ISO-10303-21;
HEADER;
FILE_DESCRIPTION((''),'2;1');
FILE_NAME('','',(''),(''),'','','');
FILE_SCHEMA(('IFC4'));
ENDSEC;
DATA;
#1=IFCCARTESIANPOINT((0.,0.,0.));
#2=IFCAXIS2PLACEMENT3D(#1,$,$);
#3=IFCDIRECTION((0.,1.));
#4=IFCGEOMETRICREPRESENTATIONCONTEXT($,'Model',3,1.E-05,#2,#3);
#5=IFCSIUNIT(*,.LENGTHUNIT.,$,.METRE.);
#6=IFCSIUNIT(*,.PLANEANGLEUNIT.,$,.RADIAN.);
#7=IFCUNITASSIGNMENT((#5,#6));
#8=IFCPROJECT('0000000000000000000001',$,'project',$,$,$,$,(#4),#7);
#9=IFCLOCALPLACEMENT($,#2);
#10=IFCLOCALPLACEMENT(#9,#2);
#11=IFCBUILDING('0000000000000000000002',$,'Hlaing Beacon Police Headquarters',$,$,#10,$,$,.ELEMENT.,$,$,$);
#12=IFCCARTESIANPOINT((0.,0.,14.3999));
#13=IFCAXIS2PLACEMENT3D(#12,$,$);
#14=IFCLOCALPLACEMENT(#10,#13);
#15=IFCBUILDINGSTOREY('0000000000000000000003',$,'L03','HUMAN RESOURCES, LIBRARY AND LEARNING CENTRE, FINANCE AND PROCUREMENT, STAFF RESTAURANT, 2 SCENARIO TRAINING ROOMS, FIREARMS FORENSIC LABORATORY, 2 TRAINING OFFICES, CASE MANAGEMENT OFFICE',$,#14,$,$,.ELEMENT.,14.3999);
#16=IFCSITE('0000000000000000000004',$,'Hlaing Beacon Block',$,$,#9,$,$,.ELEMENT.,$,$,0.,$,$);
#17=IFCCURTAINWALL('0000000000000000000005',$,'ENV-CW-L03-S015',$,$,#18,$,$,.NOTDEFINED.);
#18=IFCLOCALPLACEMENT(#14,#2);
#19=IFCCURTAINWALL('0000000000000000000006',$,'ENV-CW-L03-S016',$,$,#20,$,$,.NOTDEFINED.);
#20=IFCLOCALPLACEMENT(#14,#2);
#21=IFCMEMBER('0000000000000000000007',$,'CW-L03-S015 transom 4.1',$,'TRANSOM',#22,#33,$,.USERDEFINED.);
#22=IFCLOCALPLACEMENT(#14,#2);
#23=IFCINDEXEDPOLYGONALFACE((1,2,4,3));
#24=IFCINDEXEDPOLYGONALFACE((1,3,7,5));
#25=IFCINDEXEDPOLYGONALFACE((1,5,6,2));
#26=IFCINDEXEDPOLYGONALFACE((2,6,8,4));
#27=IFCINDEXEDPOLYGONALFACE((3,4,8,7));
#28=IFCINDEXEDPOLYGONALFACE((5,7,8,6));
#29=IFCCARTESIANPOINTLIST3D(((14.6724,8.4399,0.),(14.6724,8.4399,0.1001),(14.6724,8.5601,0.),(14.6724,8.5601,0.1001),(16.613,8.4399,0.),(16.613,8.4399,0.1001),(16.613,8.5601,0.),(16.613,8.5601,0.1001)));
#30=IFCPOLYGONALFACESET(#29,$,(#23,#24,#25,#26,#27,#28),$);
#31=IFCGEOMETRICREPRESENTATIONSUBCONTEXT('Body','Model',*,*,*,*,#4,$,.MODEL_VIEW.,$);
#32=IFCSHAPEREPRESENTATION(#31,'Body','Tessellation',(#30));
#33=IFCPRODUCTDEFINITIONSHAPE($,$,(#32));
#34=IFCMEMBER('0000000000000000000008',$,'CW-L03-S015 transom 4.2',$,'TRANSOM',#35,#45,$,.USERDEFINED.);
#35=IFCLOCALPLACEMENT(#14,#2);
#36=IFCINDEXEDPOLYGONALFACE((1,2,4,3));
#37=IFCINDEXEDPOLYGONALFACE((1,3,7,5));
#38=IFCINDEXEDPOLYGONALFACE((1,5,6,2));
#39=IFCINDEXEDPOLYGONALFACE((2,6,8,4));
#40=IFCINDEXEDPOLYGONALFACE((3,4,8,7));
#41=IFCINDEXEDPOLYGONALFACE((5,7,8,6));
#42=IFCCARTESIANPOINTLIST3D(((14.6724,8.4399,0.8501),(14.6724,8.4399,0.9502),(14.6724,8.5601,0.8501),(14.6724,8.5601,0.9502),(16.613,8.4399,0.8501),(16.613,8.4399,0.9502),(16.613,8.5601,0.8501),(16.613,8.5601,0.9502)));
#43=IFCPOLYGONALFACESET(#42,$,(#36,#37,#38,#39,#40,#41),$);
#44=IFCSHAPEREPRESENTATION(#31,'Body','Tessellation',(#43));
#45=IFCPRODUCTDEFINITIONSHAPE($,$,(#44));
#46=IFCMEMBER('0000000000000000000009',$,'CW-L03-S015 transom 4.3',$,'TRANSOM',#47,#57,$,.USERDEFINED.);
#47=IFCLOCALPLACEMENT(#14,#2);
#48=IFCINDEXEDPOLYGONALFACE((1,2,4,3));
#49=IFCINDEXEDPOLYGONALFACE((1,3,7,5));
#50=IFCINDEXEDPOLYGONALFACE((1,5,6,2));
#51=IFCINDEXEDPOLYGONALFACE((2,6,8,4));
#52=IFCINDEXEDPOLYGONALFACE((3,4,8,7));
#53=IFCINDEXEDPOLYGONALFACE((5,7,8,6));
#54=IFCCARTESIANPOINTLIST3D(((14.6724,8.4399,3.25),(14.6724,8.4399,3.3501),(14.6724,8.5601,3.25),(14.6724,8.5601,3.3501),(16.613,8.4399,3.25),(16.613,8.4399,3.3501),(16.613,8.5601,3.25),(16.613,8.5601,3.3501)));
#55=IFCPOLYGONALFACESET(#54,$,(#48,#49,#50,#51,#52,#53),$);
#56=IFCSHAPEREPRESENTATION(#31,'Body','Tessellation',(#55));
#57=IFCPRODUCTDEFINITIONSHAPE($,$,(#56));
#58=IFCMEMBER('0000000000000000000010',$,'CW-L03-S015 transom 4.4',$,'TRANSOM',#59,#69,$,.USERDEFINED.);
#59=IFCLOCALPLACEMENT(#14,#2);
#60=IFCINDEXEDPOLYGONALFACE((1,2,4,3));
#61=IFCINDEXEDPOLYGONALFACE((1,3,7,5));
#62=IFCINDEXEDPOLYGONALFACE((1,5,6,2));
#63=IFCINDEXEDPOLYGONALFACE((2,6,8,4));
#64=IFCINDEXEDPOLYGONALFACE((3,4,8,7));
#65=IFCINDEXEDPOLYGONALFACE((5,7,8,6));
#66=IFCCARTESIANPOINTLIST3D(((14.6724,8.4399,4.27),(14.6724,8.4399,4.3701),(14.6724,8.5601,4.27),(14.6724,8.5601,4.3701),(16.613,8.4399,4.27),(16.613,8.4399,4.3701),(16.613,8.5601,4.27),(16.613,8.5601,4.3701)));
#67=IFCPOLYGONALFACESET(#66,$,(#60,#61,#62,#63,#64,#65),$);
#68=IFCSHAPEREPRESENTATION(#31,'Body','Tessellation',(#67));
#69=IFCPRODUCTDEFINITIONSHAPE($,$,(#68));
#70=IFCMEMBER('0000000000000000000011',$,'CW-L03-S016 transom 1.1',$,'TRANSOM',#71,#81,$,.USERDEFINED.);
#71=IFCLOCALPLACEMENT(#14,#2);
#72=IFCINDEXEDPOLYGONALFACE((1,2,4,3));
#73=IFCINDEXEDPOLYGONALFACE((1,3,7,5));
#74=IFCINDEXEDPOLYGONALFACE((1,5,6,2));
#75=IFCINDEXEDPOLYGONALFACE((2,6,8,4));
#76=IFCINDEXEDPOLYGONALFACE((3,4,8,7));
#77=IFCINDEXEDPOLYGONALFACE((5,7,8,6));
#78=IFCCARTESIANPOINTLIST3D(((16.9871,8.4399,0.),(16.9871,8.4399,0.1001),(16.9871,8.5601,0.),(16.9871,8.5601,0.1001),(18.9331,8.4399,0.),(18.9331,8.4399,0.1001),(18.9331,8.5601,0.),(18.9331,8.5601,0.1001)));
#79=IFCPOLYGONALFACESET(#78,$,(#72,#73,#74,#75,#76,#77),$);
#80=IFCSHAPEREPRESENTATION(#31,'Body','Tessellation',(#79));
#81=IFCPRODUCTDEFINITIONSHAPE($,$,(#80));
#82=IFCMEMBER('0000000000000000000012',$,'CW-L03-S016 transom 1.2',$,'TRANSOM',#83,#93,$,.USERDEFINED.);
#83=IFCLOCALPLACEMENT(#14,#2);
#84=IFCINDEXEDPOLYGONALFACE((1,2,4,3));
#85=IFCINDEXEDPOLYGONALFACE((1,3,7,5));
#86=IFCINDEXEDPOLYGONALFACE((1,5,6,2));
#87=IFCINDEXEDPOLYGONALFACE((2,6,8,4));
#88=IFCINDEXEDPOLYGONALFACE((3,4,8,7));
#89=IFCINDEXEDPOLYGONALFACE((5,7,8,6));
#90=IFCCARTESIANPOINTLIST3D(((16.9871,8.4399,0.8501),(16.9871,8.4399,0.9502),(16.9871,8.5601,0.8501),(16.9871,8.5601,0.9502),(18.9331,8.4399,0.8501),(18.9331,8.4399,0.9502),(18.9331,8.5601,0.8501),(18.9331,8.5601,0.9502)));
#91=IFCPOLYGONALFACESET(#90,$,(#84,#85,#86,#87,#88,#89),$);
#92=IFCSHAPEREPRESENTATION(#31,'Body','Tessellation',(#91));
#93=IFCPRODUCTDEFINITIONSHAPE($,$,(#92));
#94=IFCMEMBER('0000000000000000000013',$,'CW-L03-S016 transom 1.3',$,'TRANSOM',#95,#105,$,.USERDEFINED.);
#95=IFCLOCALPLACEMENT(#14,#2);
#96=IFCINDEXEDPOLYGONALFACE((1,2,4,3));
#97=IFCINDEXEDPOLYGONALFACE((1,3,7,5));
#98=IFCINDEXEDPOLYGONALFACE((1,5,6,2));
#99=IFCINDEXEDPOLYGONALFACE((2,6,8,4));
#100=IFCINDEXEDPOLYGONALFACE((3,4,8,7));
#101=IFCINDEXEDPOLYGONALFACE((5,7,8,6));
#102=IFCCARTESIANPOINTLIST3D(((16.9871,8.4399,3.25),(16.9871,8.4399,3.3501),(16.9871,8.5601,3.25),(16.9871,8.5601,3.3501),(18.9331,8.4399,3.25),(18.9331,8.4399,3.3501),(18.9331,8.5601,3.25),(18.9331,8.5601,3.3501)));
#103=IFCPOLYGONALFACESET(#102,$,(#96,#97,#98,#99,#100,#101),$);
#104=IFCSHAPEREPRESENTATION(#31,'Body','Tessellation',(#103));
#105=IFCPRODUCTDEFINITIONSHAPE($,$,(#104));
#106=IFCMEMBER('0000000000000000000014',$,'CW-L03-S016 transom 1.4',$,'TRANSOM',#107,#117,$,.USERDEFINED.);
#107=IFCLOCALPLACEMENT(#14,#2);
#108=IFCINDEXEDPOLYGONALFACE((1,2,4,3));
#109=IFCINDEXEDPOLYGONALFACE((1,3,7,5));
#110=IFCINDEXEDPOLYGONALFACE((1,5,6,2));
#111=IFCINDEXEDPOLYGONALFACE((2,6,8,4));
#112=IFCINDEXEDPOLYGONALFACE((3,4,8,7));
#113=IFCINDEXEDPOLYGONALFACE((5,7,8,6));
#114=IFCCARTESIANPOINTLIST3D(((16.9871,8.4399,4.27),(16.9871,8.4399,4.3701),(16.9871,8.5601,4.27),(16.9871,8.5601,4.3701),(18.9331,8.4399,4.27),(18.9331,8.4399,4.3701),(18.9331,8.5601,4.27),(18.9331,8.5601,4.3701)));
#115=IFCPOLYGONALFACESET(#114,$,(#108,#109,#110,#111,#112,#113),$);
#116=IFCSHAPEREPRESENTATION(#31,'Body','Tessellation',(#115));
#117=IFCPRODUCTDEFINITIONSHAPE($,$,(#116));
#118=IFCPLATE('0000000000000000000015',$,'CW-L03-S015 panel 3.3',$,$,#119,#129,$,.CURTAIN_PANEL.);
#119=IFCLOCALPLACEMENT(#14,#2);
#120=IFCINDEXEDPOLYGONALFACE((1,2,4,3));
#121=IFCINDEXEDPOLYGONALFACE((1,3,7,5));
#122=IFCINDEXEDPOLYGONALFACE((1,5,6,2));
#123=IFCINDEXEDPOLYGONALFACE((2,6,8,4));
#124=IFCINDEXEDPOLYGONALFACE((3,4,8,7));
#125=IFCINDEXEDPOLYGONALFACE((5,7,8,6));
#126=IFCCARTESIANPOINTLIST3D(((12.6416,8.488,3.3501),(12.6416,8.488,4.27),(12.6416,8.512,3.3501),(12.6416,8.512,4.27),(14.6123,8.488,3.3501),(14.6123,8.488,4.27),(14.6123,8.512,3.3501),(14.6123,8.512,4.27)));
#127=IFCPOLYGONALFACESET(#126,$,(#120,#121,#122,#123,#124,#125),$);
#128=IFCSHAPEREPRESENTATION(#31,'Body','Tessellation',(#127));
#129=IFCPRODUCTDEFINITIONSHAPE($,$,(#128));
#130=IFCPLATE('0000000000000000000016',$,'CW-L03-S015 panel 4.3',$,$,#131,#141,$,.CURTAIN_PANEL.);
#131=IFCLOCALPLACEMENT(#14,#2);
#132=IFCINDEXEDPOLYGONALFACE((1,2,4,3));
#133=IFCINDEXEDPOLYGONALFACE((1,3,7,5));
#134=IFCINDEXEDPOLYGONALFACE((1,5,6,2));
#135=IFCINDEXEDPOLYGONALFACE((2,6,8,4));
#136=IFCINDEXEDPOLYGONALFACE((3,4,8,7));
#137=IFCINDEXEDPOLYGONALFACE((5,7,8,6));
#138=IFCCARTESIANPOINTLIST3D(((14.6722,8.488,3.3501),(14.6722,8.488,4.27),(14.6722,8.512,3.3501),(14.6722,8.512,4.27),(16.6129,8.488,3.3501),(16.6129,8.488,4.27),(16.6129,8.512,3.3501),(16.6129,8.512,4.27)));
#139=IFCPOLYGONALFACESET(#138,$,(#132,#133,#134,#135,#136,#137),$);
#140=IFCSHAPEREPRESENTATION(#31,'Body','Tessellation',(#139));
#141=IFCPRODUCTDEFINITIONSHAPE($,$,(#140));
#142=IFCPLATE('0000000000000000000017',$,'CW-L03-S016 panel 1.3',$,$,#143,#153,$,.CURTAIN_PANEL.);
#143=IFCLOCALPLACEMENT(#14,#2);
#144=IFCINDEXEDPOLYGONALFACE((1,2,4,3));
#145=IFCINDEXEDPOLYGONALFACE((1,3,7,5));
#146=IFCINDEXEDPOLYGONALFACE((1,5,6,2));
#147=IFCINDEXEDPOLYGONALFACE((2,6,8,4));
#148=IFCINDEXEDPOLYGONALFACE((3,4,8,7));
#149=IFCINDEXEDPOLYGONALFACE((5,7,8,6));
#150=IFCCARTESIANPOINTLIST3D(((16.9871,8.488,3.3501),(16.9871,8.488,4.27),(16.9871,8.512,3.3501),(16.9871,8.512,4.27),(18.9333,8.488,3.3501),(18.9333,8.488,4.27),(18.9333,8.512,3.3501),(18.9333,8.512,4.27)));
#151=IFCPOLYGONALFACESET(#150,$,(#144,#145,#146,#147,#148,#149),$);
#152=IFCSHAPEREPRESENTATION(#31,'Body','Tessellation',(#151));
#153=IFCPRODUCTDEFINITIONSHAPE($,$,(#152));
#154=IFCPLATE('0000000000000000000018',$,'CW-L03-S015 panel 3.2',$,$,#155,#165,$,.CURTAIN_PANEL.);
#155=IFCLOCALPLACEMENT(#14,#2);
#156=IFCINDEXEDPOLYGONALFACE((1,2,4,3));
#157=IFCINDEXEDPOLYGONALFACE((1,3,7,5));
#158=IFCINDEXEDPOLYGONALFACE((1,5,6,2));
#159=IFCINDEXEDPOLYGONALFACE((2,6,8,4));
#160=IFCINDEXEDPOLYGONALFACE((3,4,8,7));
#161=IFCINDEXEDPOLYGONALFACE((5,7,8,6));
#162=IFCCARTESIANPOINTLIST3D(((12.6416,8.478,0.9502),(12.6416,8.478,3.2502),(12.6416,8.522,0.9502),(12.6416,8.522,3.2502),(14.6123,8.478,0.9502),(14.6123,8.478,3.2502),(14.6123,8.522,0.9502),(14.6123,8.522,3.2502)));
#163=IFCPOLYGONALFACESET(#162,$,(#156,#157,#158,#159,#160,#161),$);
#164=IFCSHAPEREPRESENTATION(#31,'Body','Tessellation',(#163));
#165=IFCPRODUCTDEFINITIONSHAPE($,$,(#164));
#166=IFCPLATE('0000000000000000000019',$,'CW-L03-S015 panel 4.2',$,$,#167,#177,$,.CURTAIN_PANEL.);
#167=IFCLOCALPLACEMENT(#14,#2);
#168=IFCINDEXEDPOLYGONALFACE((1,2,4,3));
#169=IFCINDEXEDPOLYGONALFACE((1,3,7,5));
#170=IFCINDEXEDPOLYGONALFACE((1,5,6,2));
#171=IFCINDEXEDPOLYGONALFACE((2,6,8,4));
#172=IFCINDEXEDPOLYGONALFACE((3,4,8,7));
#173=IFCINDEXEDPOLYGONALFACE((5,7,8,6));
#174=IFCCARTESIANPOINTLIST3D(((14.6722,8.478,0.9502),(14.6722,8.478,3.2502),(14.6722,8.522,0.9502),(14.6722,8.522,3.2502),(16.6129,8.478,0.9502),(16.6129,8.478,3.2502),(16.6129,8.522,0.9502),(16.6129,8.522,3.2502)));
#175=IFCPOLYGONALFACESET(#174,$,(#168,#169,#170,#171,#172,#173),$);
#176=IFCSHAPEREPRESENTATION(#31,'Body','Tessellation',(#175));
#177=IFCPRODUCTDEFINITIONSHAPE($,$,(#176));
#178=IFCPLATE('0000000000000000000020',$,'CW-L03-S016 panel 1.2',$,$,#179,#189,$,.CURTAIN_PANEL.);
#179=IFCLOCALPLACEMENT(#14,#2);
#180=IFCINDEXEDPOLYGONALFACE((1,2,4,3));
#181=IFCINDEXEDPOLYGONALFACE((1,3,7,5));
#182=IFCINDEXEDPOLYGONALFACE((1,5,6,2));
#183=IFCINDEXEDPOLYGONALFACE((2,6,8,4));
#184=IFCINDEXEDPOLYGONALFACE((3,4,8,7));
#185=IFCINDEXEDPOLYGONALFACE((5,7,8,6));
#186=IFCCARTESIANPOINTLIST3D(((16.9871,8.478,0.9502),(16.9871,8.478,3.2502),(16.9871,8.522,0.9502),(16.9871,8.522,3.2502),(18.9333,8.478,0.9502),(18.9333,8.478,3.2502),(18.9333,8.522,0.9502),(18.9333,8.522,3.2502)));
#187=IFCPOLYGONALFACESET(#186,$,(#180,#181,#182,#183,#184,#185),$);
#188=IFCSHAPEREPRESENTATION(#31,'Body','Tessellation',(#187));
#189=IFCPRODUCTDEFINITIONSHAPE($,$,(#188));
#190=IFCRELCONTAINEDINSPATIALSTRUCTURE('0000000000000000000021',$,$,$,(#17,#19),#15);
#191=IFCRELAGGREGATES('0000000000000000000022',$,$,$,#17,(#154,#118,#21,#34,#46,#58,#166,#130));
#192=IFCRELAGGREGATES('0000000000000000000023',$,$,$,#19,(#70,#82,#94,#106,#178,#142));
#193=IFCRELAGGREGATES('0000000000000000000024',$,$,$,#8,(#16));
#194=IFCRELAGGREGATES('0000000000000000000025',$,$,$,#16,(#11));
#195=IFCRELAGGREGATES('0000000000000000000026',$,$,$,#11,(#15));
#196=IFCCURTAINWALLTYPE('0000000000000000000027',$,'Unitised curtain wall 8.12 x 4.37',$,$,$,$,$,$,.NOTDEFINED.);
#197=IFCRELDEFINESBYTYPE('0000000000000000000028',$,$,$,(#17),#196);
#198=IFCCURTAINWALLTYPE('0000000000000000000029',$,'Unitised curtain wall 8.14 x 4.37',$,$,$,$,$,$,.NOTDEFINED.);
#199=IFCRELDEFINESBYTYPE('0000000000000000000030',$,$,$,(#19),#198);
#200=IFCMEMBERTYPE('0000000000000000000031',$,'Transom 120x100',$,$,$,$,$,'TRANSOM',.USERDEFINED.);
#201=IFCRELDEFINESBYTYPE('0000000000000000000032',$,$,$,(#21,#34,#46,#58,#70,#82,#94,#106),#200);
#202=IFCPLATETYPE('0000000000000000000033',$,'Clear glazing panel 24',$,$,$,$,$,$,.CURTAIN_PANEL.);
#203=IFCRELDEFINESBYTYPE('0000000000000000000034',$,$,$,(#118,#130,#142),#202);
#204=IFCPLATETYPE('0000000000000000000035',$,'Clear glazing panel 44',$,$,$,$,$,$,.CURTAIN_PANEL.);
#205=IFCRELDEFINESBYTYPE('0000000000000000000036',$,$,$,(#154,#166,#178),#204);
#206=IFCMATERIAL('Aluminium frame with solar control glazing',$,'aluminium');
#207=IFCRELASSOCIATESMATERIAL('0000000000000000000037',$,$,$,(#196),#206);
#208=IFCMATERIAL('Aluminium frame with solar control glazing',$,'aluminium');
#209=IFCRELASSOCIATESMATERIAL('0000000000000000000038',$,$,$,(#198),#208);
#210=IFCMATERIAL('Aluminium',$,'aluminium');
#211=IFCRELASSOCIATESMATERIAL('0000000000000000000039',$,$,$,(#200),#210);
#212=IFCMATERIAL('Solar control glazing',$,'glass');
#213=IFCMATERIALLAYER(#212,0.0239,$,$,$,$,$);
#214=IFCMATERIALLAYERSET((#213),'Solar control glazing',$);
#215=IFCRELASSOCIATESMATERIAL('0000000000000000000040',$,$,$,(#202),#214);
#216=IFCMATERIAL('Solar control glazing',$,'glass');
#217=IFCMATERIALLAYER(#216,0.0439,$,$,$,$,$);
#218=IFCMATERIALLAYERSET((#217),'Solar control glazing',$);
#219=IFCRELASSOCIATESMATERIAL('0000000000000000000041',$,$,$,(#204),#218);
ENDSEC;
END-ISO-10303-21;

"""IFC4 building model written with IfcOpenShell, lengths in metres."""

from ifc_helpers import new_model, si_unit, direction, frame, origin, origin_2d, place, context, subcontext, project, spatial, rectangle, extrude, material, layer, layer_set, material_profile, profile_set, type_object, element, aggregate, save


model = new_model("IFC4")

# Units and contexts
model_context = context("Model", 3, precision=1e-05, world=origin(), true_north=direction((0.0, 1.0)))
body_context = subcontext(model_context, "Body", "Model", "MODEL_VIEW")
ifc_project = project(units=[si_unit("LENGTHUNIT", "METRE"), si_unit("PLANEANGLEUNIT", "RADIAN")], contexts=[model_context])

# Site, building, storey
site_placement = place(None, origin())
site = spatial("IfcSite", under=ifc_project, at=site_placement, Name="Hlaing Beacon Block", CompositionType="ELEMENT", RefElevation=0.0)
building_placement = place(site_placement, origin())
building = spatial("IfcBuilding", under=site, at=building_placement, Name="Hlaing Beacon Police Headquarters", CompositionType="ELEMENT")
storey_placement = place(building_placement, frame((0.0, 0.0, 14.3999)))
storey = spatial("IfcBuildingStorey", under=building, at=storey_placement, Name="L03", Description="HUMAN RESOURCES, LIBRARY AND LEARNING CENTRE, FINANCE AND PROCUREMENT, STAFF RESTAURANT, 2 SCENARIO TRAINING ROOMS, FIREARMS FORENSIC LABORATORY, 2 TRAINING OFFICES, CASE MANAGEMENT OFFICE", CompositionType="ELEMENT", Elevation=14.3999)

# Curtain walls
ifc_material_1 = material(Name="Aluminium frame with solar control glazing", Category="aluminium")
curtain_wall_type_1 = type_object("IfcCurtainWallType", Name="Unitised curtain wall 8.12 x 4.37", PredefinedType="NOTDEFINED", material=ifc_material_1)
curtain_wall_1_placement = place(storey_placement, origin())
curtain_wall_1 = element("IfcCurtainWall", 1, at=curtain_wall_1_placement, inside=storey, type_object=curtain_wall_type_1, Name="ENV-CW-L03-S015", PredefinedType="NOTDEFINED")
ifc_material_2 = material(Name="Aluminium frame with solar control glazing", Category="aluminium")
curtain_wall_type_2 = type_object("IfcCurtainWallType", Name="Unitised curtain wall 8.14 x 4.37", PredefinedType="NOTDEFINED", material=ifc_material_2)
curtain_wall_2_placement = place(storey_placement, origin())
curtain_wall_2 = element("IfcCurtainWall", 2, at=curtain_wall_2_placement, inside=storey, type_object=curtain_wall_type_2, Name="ENV-CW-L03-S016", PredefinedType="NOTDEFINED")

# Members
ifc_material_3 = material(Name="Aluminium", Category="aluminium")
ifc_material_profile_1 = material_profile(ifc_material_3, rectangle(XDim=0.1201, YDim=0.1001, at=origin_2d()), Name="Transom 120x100")
ifc_profile_set_1 = profile_set([ifc_material_profile_1], Name="Aluminium")
member_type_1 = type_object("IfcMemberType", Name="Transom 120x100", ElementType="TRANSOM", PredefinedType="USERDEFINED", material=ifc_profile_set_1)
member_1_placement = place(storey_placement, frame((14.6724, 8.5, 0.05), z_axis=(1.0, 0.0, 0.0), x_axis=(0.0, 1.0, 0.0)))
member_1 = element("IfcMember", 3, at=member_1_placement, type_object=member_type_1, Name="CW-L03-S015 transom 4.1", ObjectType="TRANSOM", PredefinedType="USERDEFINED", context=body_context, shape_type="SweptSolid", body=[
    extrude(rectangle(XDim=0.1201, YDim=0.1001, at=origin_2d()), origin(), (0.0, 0.0, 1.0), 1.9407),
])
member_2_placement = place(storey_placement, frame((14.6724, 8.5, 0.9001), z_axis=(1.0, 0.0, 0.0), x_axis=(0.0, 1.0, 0.0)))
member_2 = element("IfcMember", 4, at=member_2_placement, type_object=member_type_1, Name="CW-L03-S015 transom 4.2", ObjectType="TRANSOM", PredefinedType="USERDEFINED", context=body_context, shape_type="SweptSolid", body=[
    extrude(rectangle(XDim=0.1201, YDim=0.1001, at=origin_2d()), origin(), (0.0, 0.0, 1.0), 1.9407),
])
member_3_placement = place(storey_placement, frame((14.6724, 8.5, 3.3), z_axis=(1.0, 0.0, 0.0), x_axis=(0.0, 1.0, 0.0)))
member_3 = element("IfcMember", 5, at=member_3_placement, type_object=member_type_1, Name="CW-L03-S015 transom 4.3", ObjectType="TRANSOM", PredefinedType="USERDEFINED", context=body_context, shape_type="SweptSolid", body=[
    extrude(rectangle(XDim=0.1201, YDim=0.1001, at=origin_2d()), origin(), (0.0, 0.0, 1.0), 1.9407),
])
member_4_placement = place(storey_placement, frame((14.6724, 8.5, 4.3201), z_axis=(1.0, 0.0, 0.0), x_axis=(0.0, 1.0, 0.0)))
member_4 = element("IfcMember", 6, at=member_4_placement, type_object=member_type_1, Name="CW-L03-S015 transom 4.4", ObjectType="TRANSOM", PredefinedType="USERDEFINED", context=body_context, shape_type="SweptSolid", body=[
    extrude(rectangle(XDim=0.1201, YDim=0.1001, at=origin_2d()), origin(), (0.0, 0.0, 1.0), 1.9407),
])
member_5_placement = place(storey_placement, frame((16.9871, 8.5, 0.05), z_axis=(1.0, 0.0, 0.0), x_axis=(0.0, 1.0, 0.0)))
member_5 = element("IfcMember", 7, at=member_5_placement, type_object=member_type_1, Name="CW-L03-S016 transom 1.1", ObjectType="TRANSOM", PredefinedType="USERDEFINED", context=body_context, shape_type="SweptSolid", body=[
    extrude(rectangle(XDim=0.1201, YDim=0.1001, at=origin_2d()), origin(), (0.0, 0.0, 1.0), 1.946),
])
member_6_placement = place(storey_placement, frame((16.9871, 8.5, 0.9001), z_axis=(1.0, 0.0, 0.0), x_axis=(0.0, 1.0, 0.0)))
member_6 = element("IfcMember", 8, at=member_6_placement, type_object=member_type_1, Name="CW-L03-S016 transom 1.2", ObjectType="TRANSOM", PredefinedType="USERDEFINED", context=body_context, shape_type="SweptSolid", body=[
    extrude(rectangle(XDim=0.1201, YDim=0.1001, at=origin_2d()), origin(), (0.0, 0.0, 1.0), 1.946),
])
member_7_placement = place(storey_placement, frame((16.9871, 8.5, 3.3), z_axis=(1.0, 0.0, 0.0), x_axis=(0.0, 1.0, 0.0)))
member_7 = element("IfcMember", 9, at=member_7_placement, type_object=member_type_1, Name="CW-L03-S016 transom 1.3", ObjectType="TRANSOM", PredefinedType="USERDEFINED", context=body_context, shape_type="SweptSolid", body=[
    extrude(rectangle(XDim=0.1201, YDim=0.1001, at=origin_2d()), origin(), (0.0, 0.0, 1.0), 1.946),
])
member_8_placement = place(storey_placement, frame((16.9871, 8.5, 4.3201), z_axis=(1.0, 0.0, 0.0), x_axis=(0.0, 1.0, 0.0)))
member_8 = element("IfcMember", 10, at=member_8_placement, type_object=member_type_1, Name="CW-L03-S016 transom 1.4", ObjectType="TRANSOM", PredefinedType="USERDEFINED", context=body_context, shape_type="SweptSolid", body=[
    extrude(rectangle(XDim=0.1201, YDim=0.1001, at=origin_2d()), origin(), (0.0, 0.0, 1.0), 1.946),
])

# Plates
ifc_material_4 = material(Name="Solar control glazing", Category="glass")
ifc_layer_1 = layer(ifc_material_4, 0.0239)
ifc_layer_set_1 = layer_set([ifc_layer_1], Name="Solar control glazing")
plate_type_1 = type_object("IfcPlateType", Name="Clear glazing panel 24", PredefinedType="CURTAIN_PANEL", material=ifc_layer_set_1)
plate_1_placement = place(storey_placement, frame((13.627, 8.5, 3.3501), z_axis=(0.0, 0.0, 1.0), x_axis=(1.0, 0.0, 0.0)))
plate_1 = element("IfcPlate", 11, at=plate_1_placement, type_object=plate_type_1, Name="CW-L03-S015 panel 3.3", PredefinedType="CURTAIN_PANEL", context=body_context, shape_type="SweptSolid", body=[
    extrude(rectangle(XDim=1.9707, YDim=0.0239, at=origin_2d()), origin(), (0.0, 0.0, 1.0), 0.9199),
])
plate_2_placement = place(storey_placement, frame((15.6426, 8.5, 3.3501), z_axis=(0.0, 0.0, 1.0), x_axis=(1.0, 0.0, 0.0)))
plate_2 = element("IfcPlate", 12, at=plate_2_placement, type_object=plate_type_1, Name="CW-L03-S015 panel 4.3", PredefinedType="CURTAIN_PANEL", context=body_context, shape_type="SweptSolid", body=[
    extrude(rectangle(XDim=1.9407, YDim=0.0239, at=origin_2d()), origin(), (0.0, 0.0, 1.0), 0.9199),
])
plate_3_placement = place(storey_placement, frame((17.9602, 8.5, 3.3501), z_axis=(0.0, 0.0, 1.0), x_axis=(1.0, 0.0, 0.0)))
plate_3 = element("IfcPlate", 13, at=plate_3_placement, type_object=plate_type_1, Name="CW-L03-S016 panel 1.3", PredefinedType="CURTAIN_PANEL", context=body_context, shape_type="SweptSolid", body=[
    extrude(rectangle(XDim=1.9463, YDim=0.0239, at=origin_2d()), origin(), (0.0, 0.0, 1.0), 0.9199),
])
ifc_material_5 = material(Name="Solar control glazing", Category="glass")
ifc_layer_2 = layer(ifc_material_5, 0.0439)
ifc_layer_set_2 = layer_set([ifc_layer_2], Name="Solar control glazing")
plate_type_2 = type_object("IfcPlateType", Name="Clear glazing panel 44", PredefinedType="CURTAIN_PANEL", material=ifc_layer_set_2)
plate_4_placement = place(storey_placement, frame((13.627, 8.5, 0.9502), z_axis=(0.0, 0.0, 1.0), x_axis=(1.0, 0.0, 0.0)))
plate_4 = element("IfcPlate", 14, at=plate_4_placement, type_object=plate_type_2, Name="CW-L03-S015 panel 3.2", PredefinedType="CURTAIN_PANEL", context=body_context, shape_type="SweptSolid", body=[
    extrude(rectangle(XDim=1.9707, YDim=0.0439, at=origin_2d()), origin(), (0.0, 0.0, 1.0), 2.3),
])
plate_5_placement = place(storey_placement, frame((15.6426, 8.5, 0.9502), z_axis=(0.0, 0.0, 1.0), x_axis=(1.0, 0.0, 0.0)))
plate_5 = element("IfcPlate", 15, at=plate_5_placement, type_object=plate_type_2, Name="CW-L03-S015 panel 4.2", PredefinedType="CURTAIN_PANEL", context=body_context, shape_type="SweptSolid", body=[
    extrude(rectangle(XDim=1.9407, YDim=0.0439, at=origin_2d()), origin(), (0.0, 0.0, 1.0), 2.3),
])
plate_6_placement = place(storey_placement, frame((17.9602, 8.5, 0.9502), z_axis=(0.0, 0.0, 1.0), x_axis=(1.0, 0.0, 0.0)))
plate_6 = element("IfcPlate", 16, at=plate_6_placement, type_object=plate_type_2, Name="CW-L03-S016 panel 1.2", PredefinedType="CURTAIN_PANEL", context=body_context, shape_type="SweptSolid", body=[
    extrude(rectangle(XDim=1.9463, YDim=0.0439, at=origin_2d()), origin(), (0.0, 0.0, 1.0), 2.3),
])
aggregate(curtain_wall_1, [plate_4, plate_1, member_1, member_2, member_3, member_4, plate_5, plate_2])
aggregate(curtain_wall_2, [member_5, member_6, member_7, member_8, plate_6, plate_3])

save(model, "model.ifc")
